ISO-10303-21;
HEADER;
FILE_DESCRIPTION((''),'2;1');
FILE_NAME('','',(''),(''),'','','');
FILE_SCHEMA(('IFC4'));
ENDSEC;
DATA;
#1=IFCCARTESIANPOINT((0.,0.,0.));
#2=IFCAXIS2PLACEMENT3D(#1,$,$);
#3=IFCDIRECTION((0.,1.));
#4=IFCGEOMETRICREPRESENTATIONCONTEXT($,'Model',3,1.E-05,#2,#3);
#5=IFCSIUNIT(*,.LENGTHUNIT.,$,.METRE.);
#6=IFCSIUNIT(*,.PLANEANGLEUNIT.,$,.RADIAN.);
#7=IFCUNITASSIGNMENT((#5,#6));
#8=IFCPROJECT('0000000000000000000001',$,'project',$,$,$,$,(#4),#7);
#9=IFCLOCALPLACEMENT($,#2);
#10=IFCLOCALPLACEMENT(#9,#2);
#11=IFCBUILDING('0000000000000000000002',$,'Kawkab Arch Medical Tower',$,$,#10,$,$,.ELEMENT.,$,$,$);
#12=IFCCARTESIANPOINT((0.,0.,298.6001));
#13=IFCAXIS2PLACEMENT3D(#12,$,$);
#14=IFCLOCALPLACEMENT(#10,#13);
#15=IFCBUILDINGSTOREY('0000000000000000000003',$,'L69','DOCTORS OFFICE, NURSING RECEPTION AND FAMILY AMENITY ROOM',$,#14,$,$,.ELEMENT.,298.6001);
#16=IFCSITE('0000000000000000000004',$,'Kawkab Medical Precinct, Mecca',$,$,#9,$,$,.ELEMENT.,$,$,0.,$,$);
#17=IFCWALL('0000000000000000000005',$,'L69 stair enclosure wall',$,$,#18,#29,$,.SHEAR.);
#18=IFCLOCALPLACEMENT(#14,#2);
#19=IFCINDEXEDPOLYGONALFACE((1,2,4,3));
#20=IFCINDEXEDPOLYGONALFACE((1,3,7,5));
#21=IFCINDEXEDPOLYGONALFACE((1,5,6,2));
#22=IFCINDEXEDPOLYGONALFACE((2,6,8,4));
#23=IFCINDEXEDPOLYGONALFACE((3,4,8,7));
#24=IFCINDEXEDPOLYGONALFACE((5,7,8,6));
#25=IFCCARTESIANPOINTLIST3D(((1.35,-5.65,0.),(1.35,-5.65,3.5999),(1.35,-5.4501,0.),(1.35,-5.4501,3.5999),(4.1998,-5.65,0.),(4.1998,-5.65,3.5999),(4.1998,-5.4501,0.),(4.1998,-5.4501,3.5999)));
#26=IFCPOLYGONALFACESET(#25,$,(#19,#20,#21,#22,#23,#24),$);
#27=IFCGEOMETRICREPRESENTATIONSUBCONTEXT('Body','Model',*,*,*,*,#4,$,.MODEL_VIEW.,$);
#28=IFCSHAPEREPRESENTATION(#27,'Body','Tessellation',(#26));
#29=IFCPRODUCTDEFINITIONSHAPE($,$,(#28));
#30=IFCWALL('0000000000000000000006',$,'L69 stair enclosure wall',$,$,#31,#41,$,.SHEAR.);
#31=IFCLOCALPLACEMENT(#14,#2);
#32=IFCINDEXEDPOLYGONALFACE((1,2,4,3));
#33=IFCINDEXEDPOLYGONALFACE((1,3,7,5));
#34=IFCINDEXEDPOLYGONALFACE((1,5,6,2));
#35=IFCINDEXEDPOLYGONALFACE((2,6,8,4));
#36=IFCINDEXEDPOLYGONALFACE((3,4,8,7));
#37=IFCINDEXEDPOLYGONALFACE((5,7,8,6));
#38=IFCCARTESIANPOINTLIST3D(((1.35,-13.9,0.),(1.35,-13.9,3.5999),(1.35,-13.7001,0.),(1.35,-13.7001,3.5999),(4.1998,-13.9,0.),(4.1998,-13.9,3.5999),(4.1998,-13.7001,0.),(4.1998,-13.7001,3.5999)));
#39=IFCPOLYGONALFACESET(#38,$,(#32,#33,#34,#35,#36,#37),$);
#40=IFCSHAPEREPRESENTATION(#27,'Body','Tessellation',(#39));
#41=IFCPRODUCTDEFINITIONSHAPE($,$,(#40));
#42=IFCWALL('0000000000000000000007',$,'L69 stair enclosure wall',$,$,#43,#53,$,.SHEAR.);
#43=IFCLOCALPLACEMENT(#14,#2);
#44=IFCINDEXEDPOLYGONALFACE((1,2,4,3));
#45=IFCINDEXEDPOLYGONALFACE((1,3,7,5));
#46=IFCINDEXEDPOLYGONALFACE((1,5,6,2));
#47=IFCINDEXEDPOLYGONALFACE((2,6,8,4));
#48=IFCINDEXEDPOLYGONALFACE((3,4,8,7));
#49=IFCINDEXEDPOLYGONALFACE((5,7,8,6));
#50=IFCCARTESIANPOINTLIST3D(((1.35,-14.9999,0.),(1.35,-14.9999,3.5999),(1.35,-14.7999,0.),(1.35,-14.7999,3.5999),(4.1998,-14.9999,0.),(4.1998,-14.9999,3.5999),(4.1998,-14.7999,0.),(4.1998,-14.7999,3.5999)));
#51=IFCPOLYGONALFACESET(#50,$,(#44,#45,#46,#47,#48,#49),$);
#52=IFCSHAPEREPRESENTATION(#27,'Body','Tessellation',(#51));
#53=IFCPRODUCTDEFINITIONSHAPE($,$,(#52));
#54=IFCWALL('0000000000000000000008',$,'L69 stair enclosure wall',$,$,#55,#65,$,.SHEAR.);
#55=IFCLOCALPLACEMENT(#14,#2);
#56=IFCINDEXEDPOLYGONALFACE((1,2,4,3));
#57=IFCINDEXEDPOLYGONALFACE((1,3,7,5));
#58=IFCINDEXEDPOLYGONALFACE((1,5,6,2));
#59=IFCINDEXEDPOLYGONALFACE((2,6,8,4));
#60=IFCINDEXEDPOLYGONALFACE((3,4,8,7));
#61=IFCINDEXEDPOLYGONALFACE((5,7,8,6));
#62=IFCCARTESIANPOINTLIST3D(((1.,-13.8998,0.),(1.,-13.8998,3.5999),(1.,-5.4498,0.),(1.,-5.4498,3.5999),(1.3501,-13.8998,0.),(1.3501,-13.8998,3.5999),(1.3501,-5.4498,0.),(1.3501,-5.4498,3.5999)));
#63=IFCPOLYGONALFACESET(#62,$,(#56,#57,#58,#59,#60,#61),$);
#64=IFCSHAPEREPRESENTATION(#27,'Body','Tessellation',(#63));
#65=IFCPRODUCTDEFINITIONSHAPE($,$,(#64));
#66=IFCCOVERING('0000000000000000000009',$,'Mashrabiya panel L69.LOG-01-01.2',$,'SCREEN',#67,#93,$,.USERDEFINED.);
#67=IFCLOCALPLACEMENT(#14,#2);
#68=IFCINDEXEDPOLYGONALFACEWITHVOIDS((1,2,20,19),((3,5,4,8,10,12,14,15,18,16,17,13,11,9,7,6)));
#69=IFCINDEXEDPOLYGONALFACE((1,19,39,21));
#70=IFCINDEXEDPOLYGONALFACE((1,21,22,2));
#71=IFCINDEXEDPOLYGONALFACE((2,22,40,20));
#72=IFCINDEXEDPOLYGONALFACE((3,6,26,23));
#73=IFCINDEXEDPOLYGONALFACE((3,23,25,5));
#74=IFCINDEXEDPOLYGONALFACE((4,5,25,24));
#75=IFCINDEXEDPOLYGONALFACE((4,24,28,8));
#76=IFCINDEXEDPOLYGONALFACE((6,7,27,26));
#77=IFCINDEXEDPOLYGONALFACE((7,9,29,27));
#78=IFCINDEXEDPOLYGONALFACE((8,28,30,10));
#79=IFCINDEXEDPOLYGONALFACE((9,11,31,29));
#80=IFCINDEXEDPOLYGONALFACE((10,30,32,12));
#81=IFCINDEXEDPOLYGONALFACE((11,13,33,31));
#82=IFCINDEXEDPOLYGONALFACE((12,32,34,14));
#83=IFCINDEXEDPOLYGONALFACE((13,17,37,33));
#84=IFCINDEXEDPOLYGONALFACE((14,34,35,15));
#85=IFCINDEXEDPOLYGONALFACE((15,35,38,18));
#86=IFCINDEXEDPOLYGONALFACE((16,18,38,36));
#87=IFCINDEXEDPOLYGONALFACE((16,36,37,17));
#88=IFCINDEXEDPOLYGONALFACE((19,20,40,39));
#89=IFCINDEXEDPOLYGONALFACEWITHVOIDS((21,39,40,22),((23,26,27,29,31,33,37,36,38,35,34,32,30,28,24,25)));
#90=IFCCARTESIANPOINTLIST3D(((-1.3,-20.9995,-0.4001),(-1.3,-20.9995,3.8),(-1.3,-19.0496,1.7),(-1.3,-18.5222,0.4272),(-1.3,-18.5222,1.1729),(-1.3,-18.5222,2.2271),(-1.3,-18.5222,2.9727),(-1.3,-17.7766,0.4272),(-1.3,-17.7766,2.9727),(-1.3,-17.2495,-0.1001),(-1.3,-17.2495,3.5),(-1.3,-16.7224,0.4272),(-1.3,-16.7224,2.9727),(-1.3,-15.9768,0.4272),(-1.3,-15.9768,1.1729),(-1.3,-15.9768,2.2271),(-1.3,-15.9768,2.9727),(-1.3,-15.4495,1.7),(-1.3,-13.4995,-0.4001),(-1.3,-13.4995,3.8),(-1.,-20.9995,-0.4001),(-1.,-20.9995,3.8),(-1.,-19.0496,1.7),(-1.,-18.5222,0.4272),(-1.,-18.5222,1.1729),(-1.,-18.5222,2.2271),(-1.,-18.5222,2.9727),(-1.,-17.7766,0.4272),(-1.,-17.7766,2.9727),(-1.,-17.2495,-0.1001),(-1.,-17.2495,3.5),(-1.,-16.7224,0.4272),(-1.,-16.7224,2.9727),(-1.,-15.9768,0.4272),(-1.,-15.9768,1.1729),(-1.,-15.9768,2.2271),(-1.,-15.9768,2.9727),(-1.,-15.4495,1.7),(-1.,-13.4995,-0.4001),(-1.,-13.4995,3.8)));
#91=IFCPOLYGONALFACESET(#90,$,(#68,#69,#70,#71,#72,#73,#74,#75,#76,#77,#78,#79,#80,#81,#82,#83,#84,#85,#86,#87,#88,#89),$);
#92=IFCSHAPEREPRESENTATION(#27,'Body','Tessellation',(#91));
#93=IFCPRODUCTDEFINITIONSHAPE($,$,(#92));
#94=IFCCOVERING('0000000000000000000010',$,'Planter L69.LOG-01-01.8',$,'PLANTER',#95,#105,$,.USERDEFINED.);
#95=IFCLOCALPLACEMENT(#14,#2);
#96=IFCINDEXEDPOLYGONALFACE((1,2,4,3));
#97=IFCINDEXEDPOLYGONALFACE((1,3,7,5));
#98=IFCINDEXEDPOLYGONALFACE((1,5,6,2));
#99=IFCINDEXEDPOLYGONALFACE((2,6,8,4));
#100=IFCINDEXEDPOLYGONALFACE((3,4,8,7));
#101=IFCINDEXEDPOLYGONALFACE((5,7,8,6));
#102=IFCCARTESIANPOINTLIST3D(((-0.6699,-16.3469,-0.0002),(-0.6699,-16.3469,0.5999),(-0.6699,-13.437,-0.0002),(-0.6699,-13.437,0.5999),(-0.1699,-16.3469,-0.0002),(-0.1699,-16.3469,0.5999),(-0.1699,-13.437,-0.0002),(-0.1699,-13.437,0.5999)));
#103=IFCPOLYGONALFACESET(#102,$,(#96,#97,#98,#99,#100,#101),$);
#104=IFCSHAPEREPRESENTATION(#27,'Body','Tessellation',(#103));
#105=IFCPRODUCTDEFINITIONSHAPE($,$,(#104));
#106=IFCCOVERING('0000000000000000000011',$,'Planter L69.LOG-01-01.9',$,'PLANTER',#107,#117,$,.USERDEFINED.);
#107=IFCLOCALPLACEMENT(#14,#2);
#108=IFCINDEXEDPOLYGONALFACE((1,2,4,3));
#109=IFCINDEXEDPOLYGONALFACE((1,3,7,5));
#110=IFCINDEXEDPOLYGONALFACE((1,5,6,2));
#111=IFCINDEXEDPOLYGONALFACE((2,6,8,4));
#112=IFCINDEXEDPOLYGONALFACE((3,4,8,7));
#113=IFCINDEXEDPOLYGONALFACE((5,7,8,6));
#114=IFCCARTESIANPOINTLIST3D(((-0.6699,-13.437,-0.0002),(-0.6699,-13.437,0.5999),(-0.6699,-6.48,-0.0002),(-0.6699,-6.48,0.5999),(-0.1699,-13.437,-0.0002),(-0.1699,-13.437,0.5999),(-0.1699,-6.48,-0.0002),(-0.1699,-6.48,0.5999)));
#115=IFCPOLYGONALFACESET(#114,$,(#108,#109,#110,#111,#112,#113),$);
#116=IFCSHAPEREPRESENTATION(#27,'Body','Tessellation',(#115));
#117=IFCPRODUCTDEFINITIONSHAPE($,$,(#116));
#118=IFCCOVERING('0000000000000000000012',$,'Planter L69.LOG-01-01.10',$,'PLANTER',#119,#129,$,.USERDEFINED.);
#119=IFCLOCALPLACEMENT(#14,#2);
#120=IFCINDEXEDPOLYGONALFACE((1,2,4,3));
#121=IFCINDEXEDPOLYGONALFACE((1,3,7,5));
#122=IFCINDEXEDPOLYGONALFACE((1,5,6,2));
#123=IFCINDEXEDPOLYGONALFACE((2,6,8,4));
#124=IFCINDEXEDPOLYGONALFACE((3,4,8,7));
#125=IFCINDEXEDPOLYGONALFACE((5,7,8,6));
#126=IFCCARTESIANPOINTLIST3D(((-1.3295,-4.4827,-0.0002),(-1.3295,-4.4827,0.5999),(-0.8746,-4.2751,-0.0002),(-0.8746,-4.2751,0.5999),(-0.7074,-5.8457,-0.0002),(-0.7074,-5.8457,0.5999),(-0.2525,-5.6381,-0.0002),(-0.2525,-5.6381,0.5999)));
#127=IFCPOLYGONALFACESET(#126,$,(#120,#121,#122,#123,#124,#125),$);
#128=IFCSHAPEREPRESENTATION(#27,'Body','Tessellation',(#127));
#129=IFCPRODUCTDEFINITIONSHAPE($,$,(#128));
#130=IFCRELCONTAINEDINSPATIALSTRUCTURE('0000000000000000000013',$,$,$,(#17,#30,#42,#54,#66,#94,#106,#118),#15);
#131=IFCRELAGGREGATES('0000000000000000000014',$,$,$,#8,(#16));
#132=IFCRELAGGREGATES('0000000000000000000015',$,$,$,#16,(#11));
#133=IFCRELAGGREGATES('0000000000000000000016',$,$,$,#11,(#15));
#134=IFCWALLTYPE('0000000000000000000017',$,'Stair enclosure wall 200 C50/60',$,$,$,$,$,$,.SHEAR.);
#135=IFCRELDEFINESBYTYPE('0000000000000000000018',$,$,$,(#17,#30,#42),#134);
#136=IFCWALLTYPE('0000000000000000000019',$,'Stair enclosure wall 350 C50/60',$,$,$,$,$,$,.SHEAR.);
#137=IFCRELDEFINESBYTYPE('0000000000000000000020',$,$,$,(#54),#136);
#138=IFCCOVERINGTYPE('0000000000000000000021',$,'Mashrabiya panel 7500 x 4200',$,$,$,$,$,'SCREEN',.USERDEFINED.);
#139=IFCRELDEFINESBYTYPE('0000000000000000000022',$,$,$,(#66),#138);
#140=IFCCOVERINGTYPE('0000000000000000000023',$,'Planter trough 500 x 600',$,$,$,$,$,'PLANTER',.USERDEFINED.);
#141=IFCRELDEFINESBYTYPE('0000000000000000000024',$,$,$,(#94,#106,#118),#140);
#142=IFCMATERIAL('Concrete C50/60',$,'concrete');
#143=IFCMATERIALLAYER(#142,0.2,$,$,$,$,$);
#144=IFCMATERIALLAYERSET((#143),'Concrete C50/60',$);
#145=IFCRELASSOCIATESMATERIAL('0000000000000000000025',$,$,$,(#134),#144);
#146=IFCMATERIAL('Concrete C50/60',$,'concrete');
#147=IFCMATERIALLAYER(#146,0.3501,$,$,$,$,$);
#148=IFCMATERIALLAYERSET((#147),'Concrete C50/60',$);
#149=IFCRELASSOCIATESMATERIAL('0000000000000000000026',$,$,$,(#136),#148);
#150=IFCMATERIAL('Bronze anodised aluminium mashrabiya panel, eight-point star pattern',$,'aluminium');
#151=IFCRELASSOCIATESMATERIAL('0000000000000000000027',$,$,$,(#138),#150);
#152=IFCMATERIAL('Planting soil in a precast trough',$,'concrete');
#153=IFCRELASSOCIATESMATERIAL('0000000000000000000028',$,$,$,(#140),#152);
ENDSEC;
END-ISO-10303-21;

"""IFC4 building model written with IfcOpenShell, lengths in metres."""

from ifc_helpers import new_model, si_unit, direction, frame, frame_2d, origin, origin_2d, place, context, subcontext, project, spatial, polyline, rectangle, outline, extrude, material, layer, layer_set, material_profile, profile_set, type_object, element, save


model = new_model("IFC4")

# Units and contexts
model_context = context("Model", 3, precision=1e-05, world=origin(), true_north=direction((0.0, 1.0)))
body_context = subcontext(model_context, "Body", "Model", "MODEL_VIEW")
ifc_project = project(units=[si_unit("LENGTHUNIT", "METRE"), si_unit("PLANEANGLEUNIT", "RADIAN")], contexts=[model_context])

# Site, building, storey
site_placement = place(None, origin())
site = spatial("IfcSite", under=ifc_project, at=site_placement, Name="Kawkab Medical Precinct, Mecca", CompositionType="ELEMENT", RefElevation=0.0)
building_placement = place(site_placement, origin())
building = spatial("IfcBuilding", under=site, at=building_placement, Name="Kawkab Arch Medical Tower", CompositionType="ELEMENT")
storey_placement = place(building_placement, frame((0.0, 0.0, 298.6001)))
storey = spatial("IfcBuildingStorey", under=building, at=storey_placement, Name="L69", Description="DOCTORS OFFICE, NURSING RECEPTION AND FAMILY AMENITY ROOM", CompositionType="ELEMENT", Elevation=298.6001)

# Walls
ifc_material_1 = material(Name="Concrete C50/60", Category="concrete")
ifc_layer_1 = layer(ifc_material_1, 0.2)
ifc_layer_set_1 = layer_set([ifc_layer_1], Name="Concrete C50/60")
wall_type_1 = type_object("IfcWallType", Name="Stair enclosure wall 200 C50/60", PredefinedType="SHEAR", material=ifc_layer_set_1)
for number, where, z_axis, x_axis, name in (
    (1, (1.3501, -5.55, 0.0), (0.0, 0.0, 1.0), (1.0, 0.0, 0.0), "L69 stair enclosure wall"),
    (2, (1.3501, -13.8, 0.0), (0.0, 0.0, 1.0), (1.0, 0.0, 0.0), "L69 stair enclosure wall"),
    (3, (1.3501, -14.8999, 0.0), (0.0, 0.0, 1.0), (1.0, 0.0, 0.0), "L69 stair enclosure wall"),
):
    element("IfcWall", number, at=place(storey_placement, frame(where, z_axis=z_axis, x_axis=x_axis)), inside=storey, type_object=wall_type_1, Name=name, PredefinedType="SHEAR", context=body_context, shape_type="SweptSolid", body=[
        extrude(rectangle(XDim=2.8499, YDim=0.2, at=frame_2d((1.4248, 0.0))), origin(), (0.0, 0.0, 1.0), 3.5999),
    ])
ifc_material_2 = material(Name="Concrete C50/60", Category="concrete")
ifc_layer_2 = layer(ifc_material_2, 0.3501)
ifc_layer_set_2 = layer_set([ifc_layer_2], Name="Concrete C50/60")
wall_type_2 = type_object("IfcWallType", Name="Stair enclosure wall 350 C50/60", PredefinedType="SHEAR", material=ifc_layer_set_2)
wall_1_placement = place(storey_placement, frame((1.175, -13.8999, 0.0), z_axis=(0.0, 0.0, 1.0), x_axis=(0.0, 1.0, 0.0)))
element("IfcWall", 4, at=wall_1_placement, inside=storey, type_object=wall_type_2, Name="L69 stair enclosure wall", PredefinedType="SHEAR", context=body_context, shape_type="SweptSolid", body=[
    extrude(rectangle(XDim=8.45, YDim=0.3501, at=frame_2d((4.2251, 0.0))), origin(), (0.0, 0.0, 1.0), 3.5999),
])

# Coverings
ifc_material_3 = material(Name="Bronze anodised aluminium mashrabiya panel, eight-point star pattern", Category="aluminium")
ifc_material_profile_1 = material_profile(ifc_material_3, outline(polyline([(-3.75, -2.1001), (3.75, -2.1001), (3.75, 2.1001), (-3.75, 2.1001), (-3.75, -2.1001)]), holes=[polyline([(1.8, 0.0), (1.2727, 0.5271), (1.2727, 1.2727), (0.5271, 1.2727), (0.0, 1.8), (-0.5271, 1.2727), (-1.2727, 1.2727), (-1.2727, 0.5271), (-1.8, 0.0), (-1.2727, -0.5271), (-1.2727, -1.2727), (-0.5271, -1.2727), (0.0, -1.8), (0.5271, -1.2727), (1.2727, -1.2727), (1.2727, -0.5271), (1.8, 0.0)])]), Name="Mashrabiya panel 7500x4200")
ifc_profile_set_1 = profile_set([ifc_material_profile_1], Name="Bronze anodised aluminium mashrabiya panel, eight-point star pattern")
covering_type_1 = type_object("IfcCoveringType", Name="Mashrabiya panel 7500 x 4200", ElementType="SCREEN", PredefinedType="USERDEFINED", material=ifc_profile_set_1)
covering_1_placement = place(storey_placement, frame((-1.0, -17.2495, 1.7), z_axis=(-1.0, 0.0, 0.0), x_axis=(0.0, -1.0, 0.0)))
element("IfcCovering", 5, at=covering_1_placement, inside=storey, type_object=covering_type_1, Name="Mashrabiya panel L69.LOG-01-01.2", ObjectType="SCREEN", PredefinedType="USERDEFINED", context=body_context, shape_type="SweptSolid", body=[
    extrude(outline(polyline([(-3.75, -2.1001), (3.75, -2.1001), (3.75, 2.1001), (-3.75, 2.1001), (-3.75, -2.1001)]), holes=[polyline([(1.8, 0.0), (1.2727, 0.5271), (1.2727, 1.2727), (0.5271, 1.2727), (0.0, 1.8), (-0.5271, 1.2727), (-1.2727, 1.2727), (-1.2727, 0.5271), (-1.8, 0.0), (-1.2727, -0.5271), (-1.2727, -1.2727), (-0.5271, -1.2727), (0.0, -1.8), (0.5271, -1.2727), (1.2727, -1.2727), (1.2727, -0.5271), (1.8, 0.0)])]), origin(), (0.0, 0.0, 1.0), 0.3),
])
ifc_material_4 = material(Name="Planting soil in a precast trough", Category="concrete")
ifc_material_profile_2 = material_profile(ifc_material_4, rectangle(XDim=0.5, YDim=0.6001, at=origin_2d()), Name="Trough 500x600")
ifc_profile_set_2 = profile_set([ifc_material_profile_2], Name="Planting soil in a precast trough")
covering_type_2 = type_object("IfcCoveringType", Name="Planter trough 500 x 600", ElementType="PLANTER", PredefinedType="USERDEFINED", material=ifc_profile_set_2)
covering_2_placement = place(storey_placement, frame((-0.4199, -16.3469, 0.2998), z_axis=(0.0, 1.0, 0.0), x_axis=(-1.0, 0.0, 0.0)))
element("IfcCovering", 6, at=covering_2_placement, inside=storey, type_object=covering_type_2, Name="Planter L69.LOG-01-01.8", ObjectType="PLANTER", PredefinedType="USERDEFINED", context=body_context, shape_type="SweptSolid", body=[
    extrude(rectangle(XDim=0.5, YDim=0.6001, at=origin_2d()), origin(), (0.0, 0.0, 1.0), 2.9099),
])
covering_3_placement = place(storey_placement, frame((-0.4199, -13.437, 0.2998), z_axis=(0.0, 1.0, 0.0), x_axis=(-1.0, 0.0, 0.0)))
element("IfcCovering", 7, at=covering_3_placement, inside=storey, type_object=covering_type_2, Name="Planter L69.LOG-01-01.9", ObjectType="PLANTER", PredefinedType="USERDEFINED", context=body_context, shape_type="SweptSolid", body=[
    extrude(rectangle(XDim=0.5, YDim=0.6001, at=origin_2d()), origin(), (0.0, 0.0, 1.0), 6.957),
])
covering_4_placement = place(storey_placement, frame((-0.48, -5.7419, 0.2998), z_axis=(-0.41519, 0.909735, 0.0), x_axis=(-0.909735, -0.41519, 0.0)))
element("IfcCovering", 8, at=covering_4_placement, inside=storey, type_object=covering_type_2, Name="Planter L69.LOG-01-01.10", ObjectType="PLANTER", PredefinedType="USERDEFINED", context=body_context, shape_type="SweptSolid", body=[
    extrude(rectangle(XDim=0.5, YDim=0.6001, at=origin_2d()), origin(), (0.0, 0.0, 1.0), 1.4983),
])

save(model, "model.ifc")
